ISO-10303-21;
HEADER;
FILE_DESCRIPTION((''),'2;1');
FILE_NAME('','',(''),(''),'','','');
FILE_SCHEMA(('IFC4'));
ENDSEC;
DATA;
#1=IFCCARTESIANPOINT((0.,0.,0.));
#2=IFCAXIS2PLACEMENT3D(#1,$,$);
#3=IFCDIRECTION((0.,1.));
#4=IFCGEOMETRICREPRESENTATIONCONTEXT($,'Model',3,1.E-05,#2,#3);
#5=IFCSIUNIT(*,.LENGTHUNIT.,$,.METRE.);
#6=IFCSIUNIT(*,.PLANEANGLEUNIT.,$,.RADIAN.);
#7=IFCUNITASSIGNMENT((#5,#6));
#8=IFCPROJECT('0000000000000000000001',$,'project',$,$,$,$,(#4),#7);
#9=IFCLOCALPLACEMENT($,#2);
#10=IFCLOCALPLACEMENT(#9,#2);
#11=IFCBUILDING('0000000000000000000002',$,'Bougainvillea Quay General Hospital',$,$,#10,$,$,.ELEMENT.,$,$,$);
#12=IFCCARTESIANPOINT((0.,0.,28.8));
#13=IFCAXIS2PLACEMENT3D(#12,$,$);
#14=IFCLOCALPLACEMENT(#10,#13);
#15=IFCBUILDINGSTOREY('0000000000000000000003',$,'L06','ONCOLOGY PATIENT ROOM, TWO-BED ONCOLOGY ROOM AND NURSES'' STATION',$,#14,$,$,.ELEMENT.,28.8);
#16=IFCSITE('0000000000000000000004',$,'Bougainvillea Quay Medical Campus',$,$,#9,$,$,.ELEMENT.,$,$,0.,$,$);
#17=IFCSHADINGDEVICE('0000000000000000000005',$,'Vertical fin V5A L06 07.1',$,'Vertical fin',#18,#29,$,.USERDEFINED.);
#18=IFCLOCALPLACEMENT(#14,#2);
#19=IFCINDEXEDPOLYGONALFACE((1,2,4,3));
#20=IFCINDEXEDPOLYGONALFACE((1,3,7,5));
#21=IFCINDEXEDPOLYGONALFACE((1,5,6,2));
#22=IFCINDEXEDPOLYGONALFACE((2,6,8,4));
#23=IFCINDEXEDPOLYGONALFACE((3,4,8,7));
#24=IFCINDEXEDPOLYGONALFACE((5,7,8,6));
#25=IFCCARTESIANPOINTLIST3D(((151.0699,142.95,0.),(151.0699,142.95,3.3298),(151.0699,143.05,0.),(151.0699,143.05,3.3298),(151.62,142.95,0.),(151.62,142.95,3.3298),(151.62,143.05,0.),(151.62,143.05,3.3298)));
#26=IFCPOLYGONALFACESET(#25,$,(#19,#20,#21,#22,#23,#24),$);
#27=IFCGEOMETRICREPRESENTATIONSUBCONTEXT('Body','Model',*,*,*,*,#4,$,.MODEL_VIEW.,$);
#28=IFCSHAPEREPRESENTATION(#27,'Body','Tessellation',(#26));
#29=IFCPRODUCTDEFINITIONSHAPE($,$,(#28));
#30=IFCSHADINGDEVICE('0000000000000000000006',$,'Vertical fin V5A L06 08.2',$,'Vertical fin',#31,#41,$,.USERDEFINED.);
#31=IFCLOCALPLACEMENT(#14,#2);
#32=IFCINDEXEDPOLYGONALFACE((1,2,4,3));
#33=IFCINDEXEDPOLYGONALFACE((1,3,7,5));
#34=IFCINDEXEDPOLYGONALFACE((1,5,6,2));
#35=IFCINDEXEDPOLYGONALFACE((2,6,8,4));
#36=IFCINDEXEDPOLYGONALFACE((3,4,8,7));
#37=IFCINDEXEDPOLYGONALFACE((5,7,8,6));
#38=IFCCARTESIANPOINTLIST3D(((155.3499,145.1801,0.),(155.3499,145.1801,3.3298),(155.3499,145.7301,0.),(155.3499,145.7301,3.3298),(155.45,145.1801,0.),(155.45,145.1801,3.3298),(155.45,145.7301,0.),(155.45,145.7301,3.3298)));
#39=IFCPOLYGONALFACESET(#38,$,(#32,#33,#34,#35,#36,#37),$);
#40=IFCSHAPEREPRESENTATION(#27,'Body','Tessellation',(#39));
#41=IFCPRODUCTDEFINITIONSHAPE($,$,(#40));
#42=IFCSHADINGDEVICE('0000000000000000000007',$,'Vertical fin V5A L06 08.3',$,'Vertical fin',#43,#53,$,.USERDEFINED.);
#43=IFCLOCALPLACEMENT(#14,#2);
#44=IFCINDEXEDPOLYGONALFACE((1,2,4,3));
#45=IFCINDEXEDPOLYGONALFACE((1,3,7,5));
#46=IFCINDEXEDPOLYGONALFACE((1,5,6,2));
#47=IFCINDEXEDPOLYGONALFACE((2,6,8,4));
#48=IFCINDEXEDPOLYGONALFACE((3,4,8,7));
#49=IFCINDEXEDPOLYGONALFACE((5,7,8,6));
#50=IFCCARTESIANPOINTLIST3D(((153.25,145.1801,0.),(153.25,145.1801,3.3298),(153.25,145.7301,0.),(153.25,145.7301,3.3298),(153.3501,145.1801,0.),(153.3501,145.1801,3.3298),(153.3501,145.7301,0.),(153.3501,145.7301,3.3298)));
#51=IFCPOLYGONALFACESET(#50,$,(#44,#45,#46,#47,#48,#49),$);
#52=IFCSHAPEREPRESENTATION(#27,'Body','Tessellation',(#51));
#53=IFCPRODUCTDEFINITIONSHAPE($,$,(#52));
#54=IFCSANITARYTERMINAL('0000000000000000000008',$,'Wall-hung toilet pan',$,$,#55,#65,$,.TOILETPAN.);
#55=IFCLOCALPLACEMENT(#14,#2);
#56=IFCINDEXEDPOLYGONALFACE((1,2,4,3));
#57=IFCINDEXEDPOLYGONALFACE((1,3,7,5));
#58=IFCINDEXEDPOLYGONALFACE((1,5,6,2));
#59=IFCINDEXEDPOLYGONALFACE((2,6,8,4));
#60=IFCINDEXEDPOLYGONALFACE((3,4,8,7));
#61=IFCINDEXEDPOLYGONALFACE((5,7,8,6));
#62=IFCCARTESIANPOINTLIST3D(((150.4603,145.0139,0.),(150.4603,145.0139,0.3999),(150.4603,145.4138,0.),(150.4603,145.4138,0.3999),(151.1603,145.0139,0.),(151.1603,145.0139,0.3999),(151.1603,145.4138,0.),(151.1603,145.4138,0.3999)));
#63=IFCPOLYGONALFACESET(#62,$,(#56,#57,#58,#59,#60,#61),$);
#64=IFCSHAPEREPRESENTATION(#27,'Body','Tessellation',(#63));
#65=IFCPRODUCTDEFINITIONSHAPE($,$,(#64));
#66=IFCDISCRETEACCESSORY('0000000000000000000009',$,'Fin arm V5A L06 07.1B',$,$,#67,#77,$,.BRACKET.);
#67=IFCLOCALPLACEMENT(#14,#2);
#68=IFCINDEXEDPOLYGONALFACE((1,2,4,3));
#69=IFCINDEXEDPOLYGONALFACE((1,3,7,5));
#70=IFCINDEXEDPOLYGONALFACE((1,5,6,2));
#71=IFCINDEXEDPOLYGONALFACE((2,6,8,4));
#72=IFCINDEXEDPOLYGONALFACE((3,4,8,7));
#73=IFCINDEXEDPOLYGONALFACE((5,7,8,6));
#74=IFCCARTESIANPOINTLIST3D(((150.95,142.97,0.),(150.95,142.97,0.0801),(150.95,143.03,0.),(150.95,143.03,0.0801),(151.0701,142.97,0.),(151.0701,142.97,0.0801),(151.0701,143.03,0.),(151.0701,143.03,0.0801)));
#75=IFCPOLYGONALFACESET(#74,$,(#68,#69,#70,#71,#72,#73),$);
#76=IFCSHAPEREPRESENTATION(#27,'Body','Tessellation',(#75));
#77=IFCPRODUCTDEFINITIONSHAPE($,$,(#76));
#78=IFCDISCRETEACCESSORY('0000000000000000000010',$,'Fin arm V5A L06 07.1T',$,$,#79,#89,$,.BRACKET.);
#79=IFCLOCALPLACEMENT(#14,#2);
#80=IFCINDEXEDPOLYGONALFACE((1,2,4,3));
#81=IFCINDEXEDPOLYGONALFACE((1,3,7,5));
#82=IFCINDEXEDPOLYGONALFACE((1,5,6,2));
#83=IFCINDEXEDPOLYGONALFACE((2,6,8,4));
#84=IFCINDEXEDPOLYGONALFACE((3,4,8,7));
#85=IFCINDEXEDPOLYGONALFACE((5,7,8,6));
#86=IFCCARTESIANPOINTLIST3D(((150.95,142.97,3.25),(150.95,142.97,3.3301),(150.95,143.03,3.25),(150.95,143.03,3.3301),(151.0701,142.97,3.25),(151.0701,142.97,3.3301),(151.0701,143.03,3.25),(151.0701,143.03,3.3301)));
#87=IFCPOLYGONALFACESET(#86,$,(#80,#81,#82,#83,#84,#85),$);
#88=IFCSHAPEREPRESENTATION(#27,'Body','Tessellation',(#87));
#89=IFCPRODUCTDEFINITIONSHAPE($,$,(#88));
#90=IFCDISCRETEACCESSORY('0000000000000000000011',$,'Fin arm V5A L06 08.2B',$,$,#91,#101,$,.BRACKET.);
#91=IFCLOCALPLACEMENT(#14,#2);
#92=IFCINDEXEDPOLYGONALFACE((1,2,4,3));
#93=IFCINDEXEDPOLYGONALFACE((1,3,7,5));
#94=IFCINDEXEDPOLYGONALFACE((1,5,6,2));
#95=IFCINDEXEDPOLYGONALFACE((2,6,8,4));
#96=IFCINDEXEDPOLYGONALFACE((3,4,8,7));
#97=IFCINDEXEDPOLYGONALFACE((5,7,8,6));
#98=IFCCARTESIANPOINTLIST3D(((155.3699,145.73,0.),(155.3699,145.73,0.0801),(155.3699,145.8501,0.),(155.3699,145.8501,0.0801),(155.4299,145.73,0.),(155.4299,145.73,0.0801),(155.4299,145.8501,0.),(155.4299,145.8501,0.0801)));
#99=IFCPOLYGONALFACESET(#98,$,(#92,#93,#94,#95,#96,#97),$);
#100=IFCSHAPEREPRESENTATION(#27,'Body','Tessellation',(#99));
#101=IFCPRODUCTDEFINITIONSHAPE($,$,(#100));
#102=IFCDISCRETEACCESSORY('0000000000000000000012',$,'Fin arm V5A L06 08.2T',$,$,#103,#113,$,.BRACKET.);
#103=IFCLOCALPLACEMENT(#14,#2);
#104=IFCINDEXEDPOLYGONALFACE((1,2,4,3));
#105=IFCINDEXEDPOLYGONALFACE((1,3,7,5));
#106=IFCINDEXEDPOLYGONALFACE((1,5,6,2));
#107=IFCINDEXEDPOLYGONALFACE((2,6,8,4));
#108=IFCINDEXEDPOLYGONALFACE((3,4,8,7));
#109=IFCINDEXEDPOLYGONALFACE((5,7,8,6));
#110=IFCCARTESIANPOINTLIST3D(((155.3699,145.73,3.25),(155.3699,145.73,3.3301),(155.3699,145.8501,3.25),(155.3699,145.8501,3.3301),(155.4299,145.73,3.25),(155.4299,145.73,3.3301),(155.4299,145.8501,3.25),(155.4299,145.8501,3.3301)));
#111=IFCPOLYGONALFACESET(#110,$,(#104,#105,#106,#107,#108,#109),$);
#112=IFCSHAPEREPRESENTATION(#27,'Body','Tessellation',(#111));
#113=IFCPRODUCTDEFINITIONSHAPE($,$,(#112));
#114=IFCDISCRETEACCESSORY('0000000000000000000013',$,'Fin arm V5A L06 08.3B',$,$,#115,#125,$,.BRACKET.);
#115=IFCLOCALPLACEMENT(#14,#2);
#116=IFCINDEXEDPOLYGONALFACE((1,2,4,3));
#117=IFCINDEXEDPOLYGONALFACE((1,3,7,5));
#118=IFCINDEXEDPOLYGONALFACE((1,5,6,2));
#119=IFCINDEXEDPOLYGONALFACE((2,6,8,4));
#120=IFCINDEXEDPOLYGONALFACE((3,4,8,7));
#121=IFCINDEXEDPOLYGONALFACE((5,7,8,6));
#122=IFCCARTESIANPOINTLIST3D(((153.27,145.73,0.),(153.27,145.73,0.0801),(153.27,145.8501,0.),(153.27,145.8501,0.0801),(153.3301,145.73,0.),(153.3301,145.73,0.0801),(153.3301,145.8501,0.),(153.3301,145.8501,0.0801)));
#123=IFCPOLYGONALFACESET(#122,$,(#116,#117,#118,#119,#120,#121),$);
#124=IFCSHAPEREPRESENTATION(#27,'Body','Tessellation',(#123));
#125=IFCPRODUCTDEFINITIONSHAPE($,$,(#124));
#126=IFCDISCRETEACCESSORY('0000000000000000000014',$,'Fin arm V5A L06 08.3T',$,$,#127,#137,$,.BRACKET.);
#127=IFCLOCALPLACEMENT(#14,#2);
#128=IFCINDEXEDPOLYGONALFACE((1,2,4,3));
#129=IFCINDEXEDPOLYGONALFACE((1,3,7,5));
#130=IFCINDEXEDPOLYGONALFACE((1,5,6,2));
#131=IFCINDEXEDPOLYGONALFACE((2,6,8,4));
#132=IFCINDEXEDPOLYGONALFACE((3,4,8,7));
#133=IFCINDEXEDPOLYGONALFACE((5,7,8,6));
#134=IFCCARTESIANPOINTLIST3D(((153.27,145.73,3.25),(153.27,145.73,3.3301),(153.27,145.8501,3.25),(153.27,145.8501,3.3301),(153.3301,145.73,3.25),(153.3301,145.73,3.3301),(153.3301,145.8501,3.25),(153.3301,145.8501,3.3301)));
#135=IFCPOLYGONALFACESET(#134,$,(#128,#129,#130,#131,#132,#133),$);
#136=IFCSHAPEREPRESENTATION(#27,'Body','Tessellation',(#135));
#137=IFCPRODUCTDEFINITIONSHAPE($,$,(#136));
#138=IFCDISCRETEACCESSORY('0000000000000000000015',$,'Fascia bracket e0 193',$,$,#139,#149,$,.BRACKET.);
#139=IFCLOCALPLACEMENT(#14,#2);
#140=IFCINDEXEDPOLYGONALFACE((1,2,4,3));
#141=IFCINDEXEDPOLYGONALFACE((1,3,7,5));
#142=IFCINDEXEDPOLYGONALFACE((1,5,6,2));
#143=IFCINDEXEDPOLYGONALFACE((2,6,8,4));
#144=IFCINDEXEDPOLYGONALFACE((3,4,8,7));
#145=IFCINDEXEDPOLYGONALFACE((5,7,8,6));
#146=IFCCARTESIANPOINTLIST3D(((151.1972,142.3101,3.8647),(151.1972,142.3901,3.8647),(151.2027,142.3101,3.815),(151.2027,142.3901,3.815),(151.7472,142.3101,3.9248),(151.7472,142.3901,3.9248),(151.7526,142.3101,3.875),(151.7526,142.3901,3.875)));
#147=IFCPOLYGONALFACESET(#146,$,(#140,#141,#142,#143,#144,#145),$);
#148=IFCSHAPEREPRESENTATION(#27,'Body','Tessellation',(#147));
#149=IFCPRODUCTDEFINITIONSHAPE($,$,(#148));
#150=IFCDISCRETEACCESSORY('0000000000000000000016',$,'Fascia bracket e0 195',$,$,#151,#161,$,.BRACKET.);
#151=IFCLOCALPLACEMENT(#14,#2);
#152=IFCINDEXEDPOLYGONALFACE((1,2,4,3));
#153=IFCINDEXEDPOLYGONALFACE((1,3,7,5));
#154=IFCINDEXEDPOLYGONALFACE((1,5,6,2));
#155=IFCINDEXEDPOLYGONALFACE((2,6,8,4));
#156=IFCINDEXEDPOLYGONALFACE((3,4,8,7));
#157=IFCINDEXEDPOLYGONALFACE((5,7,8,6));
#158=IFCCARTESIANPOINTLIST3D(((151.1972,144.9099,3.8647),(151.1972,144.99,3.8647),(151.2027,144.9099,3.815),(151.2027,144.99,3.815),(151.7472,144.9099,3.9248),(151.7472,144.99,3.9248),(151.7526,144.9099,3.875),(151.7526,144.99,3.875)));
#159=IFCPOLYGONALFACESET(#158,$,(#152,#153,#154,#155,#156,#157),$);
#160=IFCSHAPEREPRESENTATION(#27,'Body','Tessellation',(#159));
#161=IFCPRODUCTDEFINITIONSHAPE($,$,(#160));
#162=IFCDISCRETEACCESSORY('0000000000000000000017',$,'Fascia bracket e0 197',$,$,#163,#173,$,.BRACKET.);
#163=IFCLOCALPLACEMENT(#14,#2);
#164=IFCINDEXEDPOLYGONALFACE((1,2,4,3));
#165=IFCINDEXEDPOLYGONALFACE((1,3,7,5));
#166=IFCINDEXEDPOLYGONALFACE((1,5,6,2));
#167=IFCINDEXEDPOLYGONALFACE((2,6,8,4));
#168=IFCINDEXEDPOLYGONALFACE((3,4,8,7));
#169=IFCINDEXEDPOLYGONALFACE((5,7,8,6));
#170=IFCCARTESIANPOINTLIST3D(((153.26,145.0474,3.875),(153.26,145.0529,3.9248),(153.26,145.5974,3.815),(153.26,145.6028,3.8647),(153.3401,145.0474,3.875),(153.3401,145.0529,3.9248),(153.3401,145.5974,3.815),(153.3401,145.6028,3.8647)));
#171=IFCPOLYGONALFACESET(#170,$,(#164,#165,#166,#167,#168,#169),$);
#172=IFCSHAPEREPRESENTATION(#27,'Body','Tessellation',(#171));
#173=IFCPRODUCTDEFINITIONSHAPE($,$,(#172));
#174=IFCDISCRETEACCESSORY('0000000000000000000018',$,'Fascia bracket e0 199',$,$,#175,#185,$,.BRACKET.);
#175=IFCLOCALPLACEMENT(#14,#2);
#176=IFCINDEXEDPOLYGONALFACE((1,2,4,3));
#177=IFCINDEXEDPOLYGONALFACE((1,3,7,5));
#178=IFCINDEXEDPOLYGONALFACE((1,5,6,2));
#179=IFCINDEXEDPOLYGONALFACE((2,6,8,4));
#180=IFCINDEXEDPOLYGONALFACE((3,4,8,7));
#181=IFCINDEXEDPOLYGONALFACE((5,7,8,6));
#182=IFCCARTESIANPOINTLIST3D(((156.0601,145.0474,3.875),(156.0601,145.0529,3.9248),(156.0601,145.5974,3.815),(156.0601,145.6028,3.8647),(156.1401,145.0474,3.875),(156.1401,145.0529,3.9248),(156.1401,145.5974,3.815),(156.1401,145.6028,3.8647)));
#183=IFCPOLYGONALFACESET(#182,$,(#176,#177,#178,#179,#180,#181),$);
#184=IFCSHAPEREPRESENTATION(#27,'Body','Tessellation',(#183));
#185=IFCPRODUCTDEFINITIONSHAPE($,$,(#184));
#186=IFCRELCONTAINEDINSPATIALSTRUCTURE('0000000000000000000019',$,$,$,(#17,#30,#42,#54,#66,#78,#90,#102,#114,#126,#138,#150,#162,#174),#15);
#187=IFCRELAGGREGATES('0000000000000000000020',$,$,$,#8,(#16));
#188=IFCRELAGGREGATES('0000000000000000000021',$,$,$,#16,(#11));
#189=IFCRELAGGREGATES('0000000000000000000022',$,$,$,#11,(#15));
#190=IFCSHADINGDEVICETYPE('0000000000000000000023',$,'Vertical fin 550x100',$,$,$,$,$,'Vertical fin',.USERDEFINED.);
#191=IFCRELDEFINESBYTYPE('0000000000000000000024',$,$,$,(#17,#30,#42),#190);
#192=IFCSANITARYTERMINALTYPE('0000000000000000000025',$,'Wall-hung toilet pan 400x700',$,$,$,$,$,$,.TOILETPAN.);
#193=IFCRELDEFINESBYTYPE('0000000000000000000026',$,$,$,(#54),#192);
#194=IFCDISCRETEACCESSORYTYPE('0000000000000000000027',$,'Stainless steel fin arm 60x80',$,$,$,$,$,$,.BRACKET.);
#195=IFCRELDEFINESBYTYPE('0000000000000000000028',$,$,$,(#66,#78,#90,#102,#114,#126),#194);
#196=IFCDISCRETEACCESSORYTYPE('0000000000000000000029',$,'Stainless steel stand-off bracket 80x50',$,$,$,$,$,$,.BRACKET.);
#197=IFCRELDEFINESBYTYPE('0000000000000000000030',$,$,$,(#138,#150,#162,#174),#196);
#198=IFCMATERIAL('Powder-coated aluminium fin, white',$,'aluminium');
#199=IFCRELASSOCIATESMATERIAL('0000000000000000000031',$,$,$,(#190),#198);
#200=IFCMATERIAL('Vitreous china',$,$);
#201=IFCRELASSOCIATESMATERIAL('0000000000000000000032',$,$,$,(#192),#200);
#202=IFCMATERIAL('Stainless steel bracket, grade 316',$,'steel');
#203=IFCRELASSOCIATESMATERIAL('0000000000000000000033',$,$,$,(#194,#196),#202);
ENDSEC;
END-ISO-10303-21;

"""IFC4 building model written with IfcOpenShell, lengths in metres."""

from ifc_helpers import new_model, si_unit, direction, frame, origin, origin_2d, place, context, subcontext, project, spatial, rectangle, extrude, material, material_profile, profile_set, type_object, element, save


model = new_model("IFC4")

# Units and contexts
model_context = context("Model", 3, precision=1e-05, world=origin(), true_north=direction((0.0, 1.0)))
body_context = subcontext(model_context, "Body", "Model", "MODEL_VIEW")
ifc_project = project(units=[si_unit("LENGTHUNIT", "METRE"), si_unit("PLANEANGLEUNIT", "RADIAN")], contexts=[model_context])

# Site, building, storey
site_placement = place(None, origin())
site = spatial("IfcSite", under=ifc_project, at=site_placement, Name="Bougainvillea Quay Medical Campus", CompositionType="ELEMENT", RefElevation=0.0)
building_placement = place(site_placement, origin())
building = spatial("IfcBuilding", under=site, at=building_placement, Name="Bougainvillea Quay General Hospital", CompositionType="ELEMENT")
storey_placement = place(building_placement, frame((0.0, 0.0, 28.8)))
storey = spatial("IfcBuildingStorey", under=building, at=storey_placement, Name="L06", Description="ONCOLOGY PATIENT ROOM, TWO-BED ONCOLOGY ROOM AND NURSES' STATION", CompositionType="ELEMENT", Elevation=28.8)

# Shading devices
ifc_material_1 = material(Name="Powder-coated aluminium fin, white", Category="aluminium")
ifc_material_profile_1 = material_profile(ifc_material_1, rectangle(XDim=0.55, YDim=0.1001, at=origin_2d()))
ifc_profile_set_1 = profile_set([ifc_material_profile_1], Name="Powder-coated aluminium fin, white")
shading_device_type = type_object("IfcShadingDeviceType", Name="Vertical fin 550x100", ElementType="Vertical fin", PredefinedType="USERDEFINED", material=ifc_profile_set_1)
for number, where, z_axis, x_axis, name in (
    (1, (151.345, 143.0, 0.0), (0.0, 0.0, 1.0), (1.0, 0.0, 0.0), "Vertical fin V5A L06 07.1"),
    (2, (155.3999, 145.4551, 0.0), (0.0, 0.0, 1.0), (0.0, -1.0, 0.0), "Vertical fin V5A L06 08.2"),
    (3, (153.3, 145.4551, 0.0), (0.0, 0.0, 1.0), (0.0, -1.0, 0.0), "Vertical fin V5A L06 08.3"),
):
    element("IfcShadingDevice", number, at=place(storey_placement, frame(where, z_axis=z_axis, x_axis=x_axis)), inside=storey, type_object=shading_device_type, Name=name, ObjectType="Vertical fin", PredefinedType="USERDEFINED", context=body_context, shape_type="SweptSolid", body=[
        extrude(rectangle(XDim=0.55, YDim=0.1001, at=origin_2d()), origin(), (0.0, 0.0, 1.0), 3.3298),
    ])

# Sanitary terminal
ifc_material_2 = material(Name="Vitreous china")
sanitary_terminal_type = type_object("IfcSanitaryTerminalType", Name="Wall-hung toilet pan 400x700", PredefinedType="TOILETPAN", material=ifc_material_2)
sanitary_terminal_placement = place(storey_placement, frame((150.8103, 145.2139, 0.0), z_axis=(0.0, 0.0, 1.0), x_axis=(0.0, -1.0, 0.0)))
element("IfcSanitaryTerminal", 4, at=sanitary_terminal_placement, inside=storey, type_object=sanitary_terminal_type, Name="Wall-hung toilet pan", PredefinedType="TOILETPAN", context=body_context, shape_type="SweptSolid", body=[
    extrude(rectangle(XDim=0.3999, YDim=0.7, at=origin_2d()), origin(), (0.0, 0.0, 1.0), 0.3999),
])

# Discrete accessories
ifc_material_3 = material(Name="Stainless steel bracket, grade 316", Category="steel")
discrete_accessory_type_1 = type_object("IfcDiscreteAccessoryType", Name="Stainless steel fin arm 60x80", PredefinedType="BRACKET", material=ifc_material_3)
for number, where, z_axis, x_axis, name in (
    (5, (151.01, 143.0, 0.0), (0.0, 0.0, 1.0), (1.0, 0.0, 0.0), "Fin arm V5A L06 07.1B"),
    (6, (151.01, 143.0, 3.25), (0.0, 0.0, 1.0), (1.0, 0.0, 0.0), "Fin arm V5A L06 07.1T"),
    (7, (155.3999, 145.79, 0.0), (0.0, 0.0, 1.0), (0.0, -1.0, 0.0), "Fin arm V5A L06 08.2B"),
    (8, (155.3999, 145.79, 3.25), (0.0, 0.0, 1.0), (0.0, -1.0, 0.0), "Fin arm V5A L06 08.2T"),
    (9, (153.3, 145.79, 0.0), (0.0, 0.0, 1.0), (0.0, -1.0, 0.0), "Fin arm V5A L06 08.3B"),
    (10, (153.3, 145.79, 3.25), (0.0, 0.0, 1.0), (0.0, -1.0, 0.0), "Fin arm V5A L06 08.3T"),
):
    element("IfcDiscreteAccessory", number, at=place(storey_placement, frame(where, z_axis=z_axis, x_axis=x_axis)), inside=storey, type_object=discrete_accessory_type_1, Name=name, PredefinedType="BRACKET", context=body_context, shape_type="SweptSolid", body=[
        extrude(rectangle(XDim=0.1201, YDim=0.0601, at=origin_2d()), origin(), (0.0, 0.0, 1.0), 0.0801),
    ])
ifc_material_profile_2 = material_profile(ifc_material_3, rectangle(XDim=0.0801, YDim=0.05, at=origin_2d()))
ifc_profile_set_2 = profile_set([ifc_material_profile_2], Name="Stainless steel bracket, grade 316")
discrete_accessory_type_2 = type_object("IfcDiscreteAccessoryType", Name="Stainless steel stand-off bracket 80x50", PredefinedType="BRACKET", material=ifc_profile_set_2)
for number, where, z_axis, x_axis, name in (
    (11, (151.2, 142.3501, 3.8398), (0.994092, 0.0, 0.108543), (0.0, 1.0, 0.0), "Fascia bracket e0 193"),
    (12, (151.2, 144.95, 3.8398), (0.994092, 0.0, 0.108543), (0.0, 1.0, 0.0), "Fascia bracket e0 195"),
    (13, (153.3, 145.6001, 3.8398), (0.0, -0.994092, 0.108543), (1.0, 0.0, 0.0), "Fascia bracket e0 197"),
    (14, (156.1001, 145.6001, 3.8398), (0.0, -0.994092, 0.108543), (1.0, 0.0, 0.0), "Fascia bracket e0 199"),
):
    element("IfcDiscreteAccessory", number, at=place(storey_placement, frame(where, z_axis=z_axis, x_axis=x_axis)), inside=storey, type_object=discrete_accessory_type_2, Name=name, PredefinedType="BRACKET", context=body_context, shape_type="SweptSolid", body=[
        extrude(rectangle(XDim=0.0801, YDim=0.05, at=origin_2d()), origin(), (0.0, 0.0, 1.0), 0.5532),
    ])

save(model, "model.ifc")
